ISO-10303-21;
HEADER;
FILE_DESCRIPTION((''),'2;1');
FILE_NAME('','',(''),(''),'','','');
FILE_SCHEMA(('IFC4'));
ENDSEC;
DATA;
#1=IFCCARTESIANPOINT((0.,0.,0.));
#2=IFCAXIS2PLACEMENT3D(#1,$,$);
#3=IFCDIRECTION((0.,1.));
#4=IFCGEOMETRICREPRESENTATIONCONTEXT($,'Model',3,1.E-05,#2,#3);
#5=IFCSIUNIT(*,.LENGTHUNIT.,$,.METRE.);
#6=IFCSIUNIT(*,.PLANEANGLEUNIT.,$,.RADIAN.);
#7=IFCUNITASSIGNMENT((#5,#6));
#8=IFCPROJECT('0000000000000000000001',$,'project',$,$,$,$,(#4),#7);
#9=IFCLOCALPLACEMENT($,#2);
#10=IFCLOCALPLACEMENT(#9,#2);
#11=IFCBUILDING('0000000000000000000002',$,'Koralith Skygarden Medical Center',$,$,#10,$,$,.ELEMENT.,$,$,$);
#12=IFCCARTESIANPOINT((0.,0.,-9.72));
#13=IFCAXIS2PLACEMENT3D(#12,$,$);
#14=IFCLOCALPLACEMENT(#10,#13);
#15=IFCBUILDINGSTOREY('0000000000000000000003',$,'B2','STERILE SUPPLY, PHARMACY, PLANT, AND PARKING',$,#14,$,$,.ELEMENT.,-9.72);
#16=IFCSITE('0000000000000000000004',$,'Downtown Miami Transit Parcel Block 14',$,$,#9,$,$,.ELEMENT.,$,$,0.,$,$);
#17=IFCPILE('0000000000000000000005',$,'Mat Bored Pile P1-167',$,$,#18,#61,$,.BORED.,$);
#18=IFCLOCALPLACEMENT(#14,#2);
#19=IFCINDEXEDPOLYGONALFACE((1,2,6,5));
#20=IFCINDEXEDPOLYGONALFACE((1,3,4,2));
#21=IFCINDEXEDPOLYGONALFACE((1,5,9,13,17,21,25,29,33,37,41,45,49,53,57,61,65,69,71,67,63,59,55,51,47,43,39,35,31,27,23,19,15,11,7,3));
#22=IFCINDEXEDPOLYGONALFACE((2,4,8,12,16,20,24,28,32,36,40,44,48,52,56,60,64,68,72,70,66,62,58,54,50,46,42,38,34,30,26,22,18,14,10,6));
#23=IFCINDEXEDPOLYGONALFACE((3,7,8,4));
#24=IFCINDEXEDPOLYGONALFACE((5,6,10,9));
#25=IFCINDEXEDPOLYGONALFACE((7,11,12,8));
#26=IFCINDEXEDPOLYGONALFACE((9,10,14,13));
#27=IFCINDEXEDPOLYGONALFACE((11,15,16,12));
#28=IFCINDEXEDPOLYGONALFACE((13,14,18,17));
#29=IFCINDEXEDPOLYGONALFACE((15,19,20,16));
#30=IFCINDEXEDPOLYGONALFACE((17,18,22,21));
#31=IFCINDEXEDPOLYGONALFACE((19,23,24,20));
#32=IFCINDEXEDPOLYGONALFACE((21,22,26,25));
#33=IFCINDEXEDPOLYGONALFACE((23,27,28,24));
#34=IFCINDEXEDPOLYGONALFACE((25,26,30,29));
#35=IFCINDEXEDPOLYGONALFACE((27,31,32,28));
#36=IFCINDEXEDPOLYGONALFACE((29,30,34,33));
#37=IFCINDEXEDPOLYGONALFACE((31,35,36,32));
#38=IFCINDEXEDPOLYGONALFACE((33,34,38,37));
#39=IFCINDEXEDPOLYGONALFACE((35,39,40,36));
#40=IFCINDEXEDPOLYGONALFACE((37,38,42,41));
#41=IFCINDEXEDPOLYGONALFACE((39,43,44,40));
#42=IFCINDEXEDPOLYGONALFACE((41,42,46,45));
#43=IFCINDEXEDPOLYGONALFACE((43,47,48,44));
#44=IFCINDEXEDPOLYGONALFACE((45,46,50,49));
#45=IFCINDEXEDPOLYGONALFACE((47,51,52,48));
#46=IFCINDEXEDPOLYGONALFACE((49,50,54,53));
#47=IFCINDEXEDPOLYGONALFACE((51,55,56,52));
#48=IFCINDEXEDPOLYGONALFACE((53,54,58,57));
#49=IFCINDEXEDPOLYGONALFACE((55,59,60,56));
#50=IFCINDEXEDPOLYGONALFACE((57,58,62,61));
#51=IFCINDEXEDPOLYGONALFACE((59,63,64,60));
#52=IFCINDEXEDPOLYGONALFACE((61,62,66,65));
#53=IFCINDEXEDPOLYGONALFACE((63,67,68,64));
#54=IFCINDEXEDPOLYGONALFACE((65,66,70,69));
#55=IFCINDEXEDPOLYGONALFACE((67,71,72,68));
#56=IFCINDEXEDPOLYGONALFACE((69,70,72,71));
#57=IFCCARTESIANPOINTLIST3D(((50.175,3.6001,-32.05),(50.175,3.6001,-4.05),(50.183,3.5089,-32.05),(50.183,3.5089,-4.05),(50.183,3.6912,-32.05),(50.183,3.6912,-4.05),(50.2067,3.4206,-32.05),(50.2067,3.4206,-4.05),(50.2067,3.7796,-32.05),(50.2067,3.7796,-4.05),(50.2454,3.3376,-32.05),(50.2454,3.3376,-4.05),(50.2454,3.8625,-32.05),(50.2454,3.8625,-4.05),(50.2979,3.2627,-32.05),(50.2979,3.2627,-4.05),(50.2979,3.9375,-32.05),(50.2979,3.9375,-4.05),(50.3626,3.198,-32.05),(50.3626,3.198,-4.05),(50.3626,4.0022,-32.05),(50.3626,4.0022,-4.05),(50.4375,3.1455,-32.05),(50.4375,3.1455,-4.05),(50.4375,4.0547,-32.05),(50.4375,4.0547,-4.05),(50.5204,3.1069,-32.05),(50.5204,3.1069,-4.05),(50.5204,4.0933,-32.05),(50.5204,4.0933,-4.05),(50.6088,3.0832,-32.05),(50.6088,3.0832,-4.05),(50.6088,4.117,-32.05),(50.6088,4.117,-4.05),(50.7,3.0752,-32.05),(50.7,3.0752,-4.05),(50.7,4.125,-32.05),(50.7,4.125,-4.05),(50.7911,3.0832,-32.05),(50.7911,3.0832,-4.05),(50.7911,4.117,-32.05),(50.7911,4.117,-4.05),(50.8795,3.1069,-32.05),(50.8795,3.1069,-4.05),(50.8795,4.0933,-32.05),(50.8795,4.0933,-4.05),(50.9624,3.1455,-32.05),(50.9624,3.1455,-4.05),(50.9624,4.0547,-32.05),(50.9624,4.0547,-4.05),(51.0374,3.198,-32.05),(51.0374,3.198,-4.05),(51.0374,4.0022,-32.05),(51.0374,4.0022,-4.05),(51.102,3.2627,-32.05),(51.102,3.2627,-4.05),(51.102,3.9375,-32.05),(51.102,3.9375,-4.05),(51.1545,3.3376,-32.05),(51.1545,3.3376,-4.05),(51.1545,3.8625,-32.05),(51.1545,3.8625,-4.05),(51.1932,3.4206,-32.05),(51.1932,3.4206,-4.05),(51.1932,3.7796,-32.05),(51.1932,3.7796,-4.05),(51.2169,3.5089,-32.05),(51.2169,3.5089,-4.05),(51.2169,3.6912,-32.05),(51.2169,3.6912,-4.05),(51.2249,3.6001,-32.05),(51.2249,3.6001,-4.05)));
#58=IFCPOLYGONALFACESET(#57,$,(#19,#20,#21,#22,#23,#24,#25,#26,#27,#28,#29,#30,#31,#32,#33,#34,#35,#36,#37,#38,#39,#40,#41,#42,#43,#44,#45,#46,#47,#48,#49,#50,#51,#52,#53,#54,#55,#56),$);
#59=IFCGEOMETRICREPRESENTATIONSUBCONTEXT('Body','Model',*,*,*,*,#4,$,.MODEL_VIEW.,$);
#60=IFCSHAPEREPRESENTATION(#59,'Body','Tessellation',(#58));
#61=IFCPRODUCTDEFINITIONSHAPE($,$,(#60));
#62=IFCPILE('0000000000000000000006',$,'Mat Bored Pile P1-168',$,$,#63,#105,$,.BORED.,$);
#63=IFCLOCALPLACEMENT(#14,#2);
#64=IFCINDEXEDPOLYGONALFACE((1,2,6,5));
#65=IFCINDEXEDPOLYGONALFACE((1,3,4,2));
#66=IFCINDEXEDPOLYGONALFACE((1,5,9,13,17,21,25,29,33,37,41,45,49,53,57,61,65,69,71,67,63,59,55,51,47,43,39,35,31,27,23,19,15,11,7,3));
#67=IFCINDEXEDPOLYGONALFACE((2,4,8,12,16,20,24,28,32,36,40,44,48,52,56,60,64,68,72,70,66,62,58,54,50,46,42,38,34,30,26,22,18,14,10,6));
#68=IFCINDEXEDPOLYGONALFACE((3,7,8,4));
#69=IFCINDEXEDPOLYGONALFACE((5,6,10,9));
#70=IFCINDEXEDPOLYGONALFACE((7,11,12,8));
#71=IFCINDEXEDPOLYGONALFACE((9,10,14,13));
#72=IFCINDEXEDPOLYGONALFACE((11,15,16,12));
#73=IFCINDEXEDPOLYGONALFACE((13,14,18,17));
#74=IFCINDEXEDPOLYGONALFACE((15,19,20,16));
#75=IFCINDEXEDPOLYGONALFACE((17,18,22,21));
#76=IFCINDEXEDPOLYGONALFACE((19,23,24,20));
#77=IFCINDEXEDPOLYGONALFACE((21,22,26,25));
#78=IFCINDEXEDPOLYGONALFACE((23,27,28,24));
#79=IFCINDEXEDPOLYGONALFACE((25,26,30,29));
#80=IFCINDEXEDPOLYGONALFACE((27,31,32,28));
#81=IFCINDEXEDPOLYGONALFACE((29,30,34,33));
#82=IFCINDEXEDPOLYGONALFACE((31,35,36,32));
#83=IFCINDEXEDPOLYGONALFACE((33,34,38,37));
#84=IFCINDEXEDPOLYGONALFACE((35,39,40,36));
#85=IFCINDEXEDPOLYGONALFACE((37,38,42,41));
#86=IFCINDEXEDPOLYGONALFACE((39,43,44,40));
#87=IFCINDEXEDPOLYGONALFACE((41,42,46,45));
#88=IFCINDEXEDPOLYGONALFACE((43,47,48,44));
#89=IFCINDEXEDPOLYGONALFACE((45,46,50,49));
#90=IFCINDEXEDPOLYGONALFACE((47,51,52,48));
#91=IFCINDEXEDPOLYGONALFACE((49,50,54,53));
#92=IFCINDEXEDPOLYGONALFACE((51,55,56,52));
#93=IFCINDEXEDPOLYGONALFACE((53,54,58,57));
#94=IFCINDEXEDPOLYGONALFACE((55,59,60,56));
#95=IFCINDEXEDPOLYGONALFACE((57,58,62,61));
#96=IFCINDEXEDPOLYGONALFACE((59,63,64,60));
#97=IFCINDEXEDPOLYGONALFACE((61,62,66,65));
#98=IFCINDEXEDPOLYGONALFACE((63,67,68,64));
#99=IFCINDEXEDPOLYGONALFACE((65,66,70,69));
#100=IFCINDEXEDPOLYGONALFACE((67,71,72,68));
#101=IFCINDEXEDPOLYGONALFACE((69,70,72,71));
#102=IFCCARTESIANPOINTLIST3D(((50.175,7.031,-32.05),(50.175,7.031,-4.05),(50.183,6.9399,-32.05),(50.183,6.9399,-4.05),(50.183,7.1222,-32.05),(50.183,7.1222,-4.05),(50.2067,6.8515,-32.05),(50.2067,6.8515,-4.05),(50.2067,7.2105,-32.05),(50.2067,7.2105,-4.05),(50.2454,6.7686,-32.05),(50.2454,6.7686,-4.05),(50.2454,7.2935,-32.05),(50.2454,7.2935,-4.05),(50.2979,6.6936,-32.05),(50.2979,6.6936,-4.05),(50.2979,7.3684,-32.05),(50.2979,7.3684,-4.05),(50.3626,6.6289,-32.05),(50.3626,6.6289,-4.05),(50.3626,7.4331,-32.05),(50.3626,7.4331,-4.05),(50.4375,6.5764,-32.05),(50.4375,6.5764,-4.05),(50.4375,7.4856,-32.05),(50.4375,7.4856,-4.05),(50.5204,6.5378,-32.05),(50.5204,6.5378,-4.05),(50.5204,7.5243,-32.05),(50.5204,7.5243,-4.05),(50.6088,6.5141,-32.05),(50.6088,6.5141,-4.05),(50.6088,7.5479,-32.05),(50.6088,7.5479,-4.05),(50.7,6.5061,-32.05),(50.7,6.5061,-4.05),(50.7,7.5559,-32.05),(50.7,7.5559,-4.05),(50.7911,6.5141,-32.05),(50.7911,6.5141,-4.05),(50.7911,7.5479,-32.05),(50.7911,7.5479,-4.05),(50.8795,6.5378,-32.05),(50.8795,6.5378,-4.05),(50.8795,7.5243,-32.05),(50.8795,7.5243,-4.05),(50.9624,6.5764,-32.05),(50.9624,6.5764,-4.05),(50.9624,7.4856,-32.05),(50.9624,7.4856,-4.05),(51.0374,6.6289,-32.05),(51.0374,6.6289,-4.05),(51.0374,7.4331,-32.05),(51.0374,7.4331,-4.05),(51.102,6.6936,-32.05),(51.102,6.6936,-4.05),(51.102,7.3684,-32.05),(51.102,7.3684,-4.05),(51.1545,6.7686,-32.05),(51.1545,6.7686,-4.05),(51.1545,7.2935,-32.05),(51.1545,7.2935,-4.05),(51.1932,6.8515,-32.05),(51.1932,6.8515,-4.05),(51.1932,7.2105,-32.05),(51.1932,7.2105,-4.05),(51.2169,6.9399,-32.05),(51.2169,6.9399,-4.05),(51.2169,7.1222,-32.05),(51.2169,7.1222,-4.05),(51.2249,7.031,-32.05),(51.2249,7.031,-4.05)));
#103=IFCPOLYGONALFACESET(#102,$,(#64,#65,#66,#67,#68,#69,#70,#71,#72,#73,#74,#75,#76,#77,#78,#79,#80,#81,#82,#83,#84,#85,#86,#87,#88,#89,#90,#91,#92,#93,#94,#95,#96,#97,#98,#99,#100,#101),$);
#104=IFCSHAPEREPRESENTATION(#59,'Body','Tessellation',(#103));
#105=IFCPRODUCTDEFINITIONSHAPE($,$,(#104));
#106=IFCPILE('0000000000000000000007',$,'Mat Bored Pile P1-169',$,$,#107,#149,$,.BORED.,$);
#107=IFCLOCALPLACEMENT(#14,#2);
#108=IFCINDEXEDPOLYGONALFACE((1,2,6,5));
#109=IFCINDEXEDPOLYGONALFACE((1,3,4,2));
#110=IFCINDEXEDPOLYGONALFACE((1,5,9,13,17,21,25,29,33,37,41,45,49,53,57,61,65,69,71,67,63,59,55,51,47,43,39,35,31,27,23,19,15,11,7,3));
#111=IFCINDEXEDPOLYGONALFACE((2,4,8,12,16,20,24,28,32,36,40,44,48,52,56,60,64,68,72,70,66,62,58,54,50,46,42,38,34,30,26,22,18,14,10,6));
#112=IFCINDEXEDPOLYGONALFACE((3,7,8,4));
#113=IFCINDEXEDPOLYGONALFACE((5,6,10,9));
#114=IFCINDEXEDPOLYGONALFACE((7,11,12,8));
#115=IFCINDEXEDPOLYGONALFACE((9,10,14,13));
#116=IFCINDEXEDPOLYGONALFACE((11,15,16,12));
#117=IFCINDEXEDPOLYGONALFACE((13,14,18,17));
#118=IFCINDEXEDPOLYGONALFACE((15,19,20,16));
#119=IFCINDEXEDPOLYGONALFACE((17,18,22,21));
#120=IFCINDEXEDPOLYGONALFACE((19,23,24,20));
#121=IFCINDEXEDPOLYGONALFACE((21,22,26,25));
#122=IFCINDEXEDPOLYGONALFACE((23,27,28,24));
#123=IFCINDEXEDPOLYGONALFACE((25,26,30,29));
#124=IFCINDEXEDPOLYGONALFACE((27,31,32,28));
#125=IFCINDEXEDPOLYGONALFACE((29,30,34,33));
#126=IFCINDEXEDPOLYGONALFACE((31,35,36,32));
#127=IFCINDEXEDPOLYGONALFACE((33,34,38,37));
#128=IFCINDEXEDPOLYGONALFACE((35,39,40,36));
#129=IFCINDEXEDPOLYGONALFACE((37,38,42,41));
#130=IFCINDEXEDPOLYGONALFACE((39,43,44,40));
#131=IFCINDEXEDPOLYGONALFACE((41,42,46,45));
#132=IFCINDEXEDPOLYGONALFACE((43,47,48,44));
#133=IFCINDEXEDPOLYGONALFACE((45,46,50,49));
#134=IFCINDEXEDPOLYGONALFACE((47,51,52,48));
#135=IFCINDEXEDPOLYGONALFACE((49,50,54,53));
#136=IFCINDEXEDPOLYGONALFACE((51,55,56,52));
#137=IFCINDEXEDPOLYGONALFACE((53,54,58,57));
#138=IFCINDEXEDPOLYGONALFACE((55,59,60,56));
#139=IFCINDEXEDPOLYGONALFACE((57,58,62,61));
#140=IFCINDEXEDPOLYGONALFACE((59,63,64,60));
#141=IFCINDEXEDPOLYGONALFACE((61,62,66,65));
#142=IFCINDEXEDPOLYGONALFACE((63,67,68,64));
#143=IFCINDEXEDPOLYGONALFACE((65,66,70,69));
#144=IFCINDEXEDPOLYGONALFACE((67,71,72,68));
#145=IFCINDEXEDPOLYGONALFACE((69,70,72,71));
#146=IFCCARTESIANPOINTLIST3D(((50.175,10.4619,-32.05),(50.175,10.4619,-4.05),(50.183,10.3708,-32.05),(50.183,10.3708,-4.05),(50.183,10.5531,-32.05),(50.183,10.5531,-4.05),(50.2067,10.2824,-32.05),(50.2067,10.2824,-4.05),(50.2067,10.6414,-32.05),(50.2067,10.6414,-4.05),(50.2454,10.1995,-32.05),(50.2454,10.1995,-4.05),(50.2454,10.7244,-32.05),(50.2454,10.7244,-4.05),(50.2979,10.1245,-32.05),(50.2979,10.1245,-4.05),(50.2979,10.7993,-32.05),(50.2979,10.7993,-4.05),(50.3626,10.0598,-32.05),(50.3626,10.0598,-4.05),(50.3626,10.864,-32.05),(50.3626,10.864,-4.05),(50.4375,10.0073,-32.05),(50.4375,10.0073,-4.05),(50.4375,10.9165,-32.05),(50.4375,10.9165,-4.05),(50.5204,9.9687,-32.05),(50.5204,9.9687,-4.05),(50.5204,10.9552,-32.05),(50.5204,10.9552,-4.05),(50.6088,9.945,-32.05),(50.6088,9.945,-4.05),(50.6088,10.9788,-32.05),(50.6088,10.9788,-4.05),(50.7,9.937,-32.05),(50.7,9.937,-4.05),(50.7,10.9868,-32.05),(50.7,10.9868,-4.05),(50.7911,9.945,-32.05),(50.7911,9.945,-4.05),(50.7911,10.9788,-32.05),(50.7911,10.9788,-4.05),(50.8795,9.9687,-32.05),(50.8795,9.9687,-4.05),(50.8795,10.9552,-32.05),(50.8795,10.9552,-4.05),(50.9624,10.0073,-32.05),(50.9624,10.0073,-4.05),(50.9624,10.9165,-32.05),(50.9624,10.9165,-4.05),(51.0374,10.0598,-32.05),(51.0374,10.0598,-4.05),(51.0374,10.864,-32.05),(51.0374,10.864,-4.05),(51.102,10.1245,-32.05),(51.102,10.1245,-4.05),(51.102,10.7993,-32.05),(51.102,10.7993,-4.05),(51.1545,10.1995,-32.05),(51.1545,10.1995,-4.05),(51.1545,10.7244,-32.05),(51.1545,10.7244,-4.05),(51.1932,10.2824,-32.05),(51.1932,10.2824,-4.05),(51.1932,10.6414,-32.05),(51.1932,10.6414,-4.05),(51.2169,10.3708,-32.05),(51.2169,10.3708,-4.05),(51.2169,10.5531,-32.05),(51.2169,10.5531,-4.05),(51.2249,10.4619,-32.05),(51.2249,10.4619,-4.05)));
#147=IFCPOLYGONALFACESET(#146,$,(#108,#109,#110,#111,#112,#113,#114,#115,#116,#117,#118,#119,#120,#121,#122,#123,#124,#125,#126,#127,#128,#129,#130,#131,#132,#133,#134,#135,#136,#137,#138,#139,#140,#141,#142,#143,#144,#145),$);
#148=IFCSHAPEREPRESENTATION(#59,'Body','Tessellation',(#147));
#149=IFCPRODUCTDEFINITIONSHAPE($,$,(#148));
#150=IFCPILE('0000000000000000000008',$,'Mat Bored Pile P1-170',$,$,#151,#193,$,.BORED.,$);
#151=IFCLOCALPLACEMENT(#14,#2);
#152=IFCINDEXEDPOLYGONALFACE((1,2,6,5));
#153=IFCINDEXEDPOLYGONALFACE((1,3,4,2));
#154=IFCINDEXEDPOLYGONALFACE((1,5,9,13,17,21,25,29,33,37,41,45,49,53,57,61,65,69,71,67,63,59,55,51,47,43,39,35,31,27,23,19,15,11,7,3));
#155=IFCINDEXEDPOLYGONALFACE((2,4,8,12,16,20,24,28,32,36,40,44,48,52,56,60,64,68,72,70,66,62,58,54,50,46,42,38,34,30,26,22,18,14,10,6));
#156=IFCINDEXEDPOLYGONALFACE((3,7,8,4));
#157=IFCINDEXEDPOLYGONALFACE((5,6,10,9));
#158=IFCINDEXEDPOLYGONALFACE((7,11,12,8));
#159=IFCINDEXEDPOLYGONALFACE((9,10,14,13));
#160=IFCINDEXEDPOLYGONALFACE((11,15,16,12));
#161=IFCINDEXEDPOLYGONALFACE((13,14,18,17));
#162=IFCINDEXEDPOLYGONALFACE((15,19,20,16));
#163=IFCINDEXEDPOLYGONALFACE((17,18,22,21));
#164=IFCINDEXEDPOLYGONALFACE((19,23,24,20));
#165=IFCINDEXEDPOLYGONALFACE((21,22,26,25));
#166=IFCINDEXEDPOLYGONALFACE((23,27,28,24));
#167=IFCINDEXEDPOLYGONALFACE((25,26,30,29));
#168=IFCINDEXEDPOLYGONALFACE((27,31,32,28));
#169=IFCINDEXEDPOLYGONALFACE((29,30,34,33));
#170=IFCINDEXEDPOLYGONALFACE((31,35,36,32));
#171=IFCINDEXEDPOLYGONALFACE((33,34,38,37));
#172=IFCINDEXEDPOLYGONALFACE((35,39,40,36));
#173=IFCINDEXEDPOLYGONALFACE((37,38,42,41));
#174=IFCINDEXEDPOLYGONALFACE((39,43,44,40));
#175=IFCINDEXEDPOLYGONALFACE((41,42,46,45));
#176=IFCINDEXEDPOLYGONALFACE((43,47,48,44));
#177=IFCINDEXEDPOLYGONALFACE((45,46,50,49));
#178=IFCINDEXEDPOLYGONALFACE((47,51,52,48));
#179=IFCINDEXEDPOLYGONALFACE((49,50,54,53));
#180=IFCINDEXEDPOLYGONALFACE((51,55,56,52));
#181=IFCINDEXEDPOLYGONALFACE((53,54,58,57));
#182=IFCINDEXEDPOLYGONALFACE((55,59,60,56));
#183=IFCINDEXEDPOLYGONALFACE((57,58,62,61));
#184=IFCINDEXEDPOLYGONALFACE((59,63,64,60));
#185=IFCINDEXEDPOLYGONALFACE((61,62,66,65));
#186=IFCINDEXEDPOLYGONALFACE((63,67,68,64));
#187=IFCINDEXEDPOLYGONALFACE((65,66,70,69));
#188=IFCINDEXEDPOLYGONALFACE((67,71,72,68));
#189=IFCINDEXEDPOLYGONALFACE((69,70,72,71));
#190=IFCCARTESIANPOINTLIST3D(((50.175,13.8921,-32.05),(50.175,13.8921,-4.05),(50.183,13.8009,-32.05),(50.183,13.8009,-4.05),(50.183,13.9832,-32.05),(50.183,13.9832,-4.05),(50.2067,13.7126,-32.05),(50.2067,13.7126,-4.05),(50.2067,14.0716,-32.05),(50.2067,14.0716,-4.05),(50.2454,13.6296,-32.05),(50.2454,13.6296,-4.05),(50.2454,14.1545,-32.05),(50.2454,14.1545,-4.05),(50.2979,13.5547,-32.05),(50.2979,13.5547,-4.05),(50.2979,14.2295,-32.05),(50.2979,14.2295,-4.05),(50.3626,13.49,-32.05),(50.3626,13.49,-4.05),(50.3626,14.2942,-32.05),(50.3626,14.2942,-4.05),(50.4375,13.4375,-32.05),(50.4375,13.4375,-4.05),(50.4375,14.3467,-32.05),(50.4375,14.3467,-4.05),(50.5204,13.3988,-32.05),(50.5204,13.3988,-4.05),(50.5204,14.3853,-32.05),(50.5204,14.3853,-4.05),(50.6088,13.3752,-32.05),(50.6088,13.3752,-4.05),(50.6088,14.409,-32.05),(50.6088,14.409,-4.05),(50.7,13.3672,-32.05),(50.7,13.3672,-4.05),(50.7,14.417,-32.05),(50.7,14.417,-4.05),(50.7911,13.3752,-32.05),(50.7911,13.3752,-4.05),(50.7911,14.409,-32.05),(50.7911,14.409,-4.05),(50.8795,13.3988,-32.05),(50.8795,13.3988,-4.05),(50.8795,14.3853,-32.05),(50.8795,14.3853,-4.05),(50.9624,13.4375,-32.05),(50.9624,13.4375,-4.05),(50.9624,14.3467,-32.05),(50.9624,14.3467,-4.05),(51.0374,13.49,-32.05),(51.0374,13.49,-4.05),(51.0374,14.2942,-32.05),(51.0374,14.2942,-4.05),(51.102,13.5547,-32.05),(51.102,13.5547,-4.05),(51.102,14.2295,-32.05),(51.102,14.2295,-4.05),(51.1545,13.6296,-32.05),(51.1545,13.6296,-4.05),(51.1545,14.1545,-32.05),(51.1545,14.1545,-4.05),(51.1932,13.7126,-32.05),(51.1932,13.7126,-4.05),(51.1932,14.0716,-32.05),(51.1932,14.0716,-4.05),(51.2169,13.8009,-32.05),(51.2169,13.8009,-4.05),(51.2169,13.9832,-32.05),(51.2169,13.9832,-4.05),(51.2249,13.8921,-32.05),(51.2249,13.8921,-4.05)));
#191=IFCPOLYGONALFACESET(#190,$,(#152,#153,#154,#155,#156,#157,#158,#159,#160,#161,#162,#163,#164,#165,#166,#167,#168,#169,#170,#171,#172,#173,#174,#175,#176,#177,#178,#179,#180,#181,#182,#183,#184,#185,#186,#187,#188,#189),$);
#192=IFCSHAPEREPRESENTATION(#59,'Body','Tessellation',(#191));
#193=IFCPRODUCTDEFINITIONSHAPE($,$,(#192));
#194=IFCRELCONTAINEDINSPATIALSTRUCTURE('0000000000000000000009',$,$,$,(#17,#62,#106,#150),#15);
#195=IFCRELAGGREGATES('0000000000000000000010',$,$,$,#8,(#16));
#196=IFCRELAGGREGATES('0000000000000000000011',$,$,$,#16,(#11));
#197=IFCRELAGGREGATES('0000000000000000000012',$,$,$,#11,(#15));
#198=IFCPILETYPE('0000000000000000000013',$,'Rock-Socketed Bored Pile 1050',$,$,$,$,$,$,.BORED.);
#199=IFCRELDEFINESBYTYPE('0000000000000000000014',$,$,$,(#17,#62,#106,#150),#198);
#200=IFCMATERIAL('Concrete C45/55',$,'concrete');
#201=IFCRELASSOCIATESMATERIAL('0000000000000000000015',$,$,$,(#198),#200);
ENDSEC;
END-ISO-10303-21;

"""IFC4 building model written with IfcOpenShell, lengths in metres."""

from ifc_helpers import new_model, si_unit, direction, frame, origin, origin_2d, place, context, subcontext, project, spatial, circle, extrude, material, material_profile, profile_set, type_object, element, save


model = new_model("IFC4")

# Units and contexts
model_context = context("Model", 3, precision=1e-05, world=origin(), true_north=direction((0.0, 1.0)))
body_context = subcontext(model_context, "Body", "Model", "MODEL_VIEW")
ifc_project = project(units=[si_unit("LENGTHUNIT", "METRE"), si_unit("PLANEANGLEUNIT", "RADIAN")], contexts=[model_context])

# Site, building, storey
site_placement = place(None, origin())
site = spatial("IfcSite", under=ifc_project, at=site_placement, Name="Downtown Miami Transit Parcel Block 14", CompositionType="ELEMENT", RefElevation=0.0)
building_placement = place(site_placement, origin())
building = spatial("IfcBuilding", under=site, at=building_placement, Name="Koralith Skygarden Medical Center", CompositionType="ELEMENT")
storey_placement = place(building_placement, frame((0.0, 0.0, -9.72)))
storey = spatial("IfcBuildingStorey", under=building, at=storey_placement, Name="B2", Description="STERILE SUPPLY, PHARMACY, PLANT, AND PARKING", CompositionType="ELEMENT", Elevation=-9.72)

# Piles
ifc_material_1 = material(Name="Concrete C45/55", Category="concrete")
ifc_material_profile_1 = material_profile(ifc_material_1, circle(Radius=0.5249, at=origin_2d()), Name="PILE1050")
ifc_profile_set_1 = profile_set([ifc_material_profile_1], Name="Concrete C45/55")
pile_type_1 = type_object("IfcPileType", Name="Rock-Socketed Bored Pile 1050", PredefinedType="BORED", material=ifc_profile_set_1)
for number, where, z_axis, x_axis, name in (
    (1, (50.7, 3.6001, -4.05), (0.0, 0.0, -1.0), (1.0, 0.0, 0.0), "Mat Bored Pile P1-167"),
    (2, (50.7, 7.031, -4.05), (0.0, 0.0, -1.0), (1.0, 0.0, 0.0), "Mat Bored Pile P1-168"),
    (3, (50.7, 10.4619, -4.05), (0.0, 0.0, -1.0), (1.0, 0.0, 0.0), "Mat Bored Pile P1-169"),
    (4, (50.7, 13.8921, -4.05), (0.0, 0.0, -1.0), (1.0, 0.0, 0.0), "Mat Bored Pile P1-170"),
):
    element("IfcPile", number, at=place(storey_placement, frame(where, z_axis=z_axis, x_axis=x_axis)), inside=storey, type_object=pile_type_1, Name=name, PredefinedType="BORED", context=body_context, shape_type="SweptSolid", body=[
        extrude(circle(Radius=0.5249, at=origin_2d()), origin(), (0.0, 0.0, 1.0), 28.0),
    ])

save(model, "model.ifc")
